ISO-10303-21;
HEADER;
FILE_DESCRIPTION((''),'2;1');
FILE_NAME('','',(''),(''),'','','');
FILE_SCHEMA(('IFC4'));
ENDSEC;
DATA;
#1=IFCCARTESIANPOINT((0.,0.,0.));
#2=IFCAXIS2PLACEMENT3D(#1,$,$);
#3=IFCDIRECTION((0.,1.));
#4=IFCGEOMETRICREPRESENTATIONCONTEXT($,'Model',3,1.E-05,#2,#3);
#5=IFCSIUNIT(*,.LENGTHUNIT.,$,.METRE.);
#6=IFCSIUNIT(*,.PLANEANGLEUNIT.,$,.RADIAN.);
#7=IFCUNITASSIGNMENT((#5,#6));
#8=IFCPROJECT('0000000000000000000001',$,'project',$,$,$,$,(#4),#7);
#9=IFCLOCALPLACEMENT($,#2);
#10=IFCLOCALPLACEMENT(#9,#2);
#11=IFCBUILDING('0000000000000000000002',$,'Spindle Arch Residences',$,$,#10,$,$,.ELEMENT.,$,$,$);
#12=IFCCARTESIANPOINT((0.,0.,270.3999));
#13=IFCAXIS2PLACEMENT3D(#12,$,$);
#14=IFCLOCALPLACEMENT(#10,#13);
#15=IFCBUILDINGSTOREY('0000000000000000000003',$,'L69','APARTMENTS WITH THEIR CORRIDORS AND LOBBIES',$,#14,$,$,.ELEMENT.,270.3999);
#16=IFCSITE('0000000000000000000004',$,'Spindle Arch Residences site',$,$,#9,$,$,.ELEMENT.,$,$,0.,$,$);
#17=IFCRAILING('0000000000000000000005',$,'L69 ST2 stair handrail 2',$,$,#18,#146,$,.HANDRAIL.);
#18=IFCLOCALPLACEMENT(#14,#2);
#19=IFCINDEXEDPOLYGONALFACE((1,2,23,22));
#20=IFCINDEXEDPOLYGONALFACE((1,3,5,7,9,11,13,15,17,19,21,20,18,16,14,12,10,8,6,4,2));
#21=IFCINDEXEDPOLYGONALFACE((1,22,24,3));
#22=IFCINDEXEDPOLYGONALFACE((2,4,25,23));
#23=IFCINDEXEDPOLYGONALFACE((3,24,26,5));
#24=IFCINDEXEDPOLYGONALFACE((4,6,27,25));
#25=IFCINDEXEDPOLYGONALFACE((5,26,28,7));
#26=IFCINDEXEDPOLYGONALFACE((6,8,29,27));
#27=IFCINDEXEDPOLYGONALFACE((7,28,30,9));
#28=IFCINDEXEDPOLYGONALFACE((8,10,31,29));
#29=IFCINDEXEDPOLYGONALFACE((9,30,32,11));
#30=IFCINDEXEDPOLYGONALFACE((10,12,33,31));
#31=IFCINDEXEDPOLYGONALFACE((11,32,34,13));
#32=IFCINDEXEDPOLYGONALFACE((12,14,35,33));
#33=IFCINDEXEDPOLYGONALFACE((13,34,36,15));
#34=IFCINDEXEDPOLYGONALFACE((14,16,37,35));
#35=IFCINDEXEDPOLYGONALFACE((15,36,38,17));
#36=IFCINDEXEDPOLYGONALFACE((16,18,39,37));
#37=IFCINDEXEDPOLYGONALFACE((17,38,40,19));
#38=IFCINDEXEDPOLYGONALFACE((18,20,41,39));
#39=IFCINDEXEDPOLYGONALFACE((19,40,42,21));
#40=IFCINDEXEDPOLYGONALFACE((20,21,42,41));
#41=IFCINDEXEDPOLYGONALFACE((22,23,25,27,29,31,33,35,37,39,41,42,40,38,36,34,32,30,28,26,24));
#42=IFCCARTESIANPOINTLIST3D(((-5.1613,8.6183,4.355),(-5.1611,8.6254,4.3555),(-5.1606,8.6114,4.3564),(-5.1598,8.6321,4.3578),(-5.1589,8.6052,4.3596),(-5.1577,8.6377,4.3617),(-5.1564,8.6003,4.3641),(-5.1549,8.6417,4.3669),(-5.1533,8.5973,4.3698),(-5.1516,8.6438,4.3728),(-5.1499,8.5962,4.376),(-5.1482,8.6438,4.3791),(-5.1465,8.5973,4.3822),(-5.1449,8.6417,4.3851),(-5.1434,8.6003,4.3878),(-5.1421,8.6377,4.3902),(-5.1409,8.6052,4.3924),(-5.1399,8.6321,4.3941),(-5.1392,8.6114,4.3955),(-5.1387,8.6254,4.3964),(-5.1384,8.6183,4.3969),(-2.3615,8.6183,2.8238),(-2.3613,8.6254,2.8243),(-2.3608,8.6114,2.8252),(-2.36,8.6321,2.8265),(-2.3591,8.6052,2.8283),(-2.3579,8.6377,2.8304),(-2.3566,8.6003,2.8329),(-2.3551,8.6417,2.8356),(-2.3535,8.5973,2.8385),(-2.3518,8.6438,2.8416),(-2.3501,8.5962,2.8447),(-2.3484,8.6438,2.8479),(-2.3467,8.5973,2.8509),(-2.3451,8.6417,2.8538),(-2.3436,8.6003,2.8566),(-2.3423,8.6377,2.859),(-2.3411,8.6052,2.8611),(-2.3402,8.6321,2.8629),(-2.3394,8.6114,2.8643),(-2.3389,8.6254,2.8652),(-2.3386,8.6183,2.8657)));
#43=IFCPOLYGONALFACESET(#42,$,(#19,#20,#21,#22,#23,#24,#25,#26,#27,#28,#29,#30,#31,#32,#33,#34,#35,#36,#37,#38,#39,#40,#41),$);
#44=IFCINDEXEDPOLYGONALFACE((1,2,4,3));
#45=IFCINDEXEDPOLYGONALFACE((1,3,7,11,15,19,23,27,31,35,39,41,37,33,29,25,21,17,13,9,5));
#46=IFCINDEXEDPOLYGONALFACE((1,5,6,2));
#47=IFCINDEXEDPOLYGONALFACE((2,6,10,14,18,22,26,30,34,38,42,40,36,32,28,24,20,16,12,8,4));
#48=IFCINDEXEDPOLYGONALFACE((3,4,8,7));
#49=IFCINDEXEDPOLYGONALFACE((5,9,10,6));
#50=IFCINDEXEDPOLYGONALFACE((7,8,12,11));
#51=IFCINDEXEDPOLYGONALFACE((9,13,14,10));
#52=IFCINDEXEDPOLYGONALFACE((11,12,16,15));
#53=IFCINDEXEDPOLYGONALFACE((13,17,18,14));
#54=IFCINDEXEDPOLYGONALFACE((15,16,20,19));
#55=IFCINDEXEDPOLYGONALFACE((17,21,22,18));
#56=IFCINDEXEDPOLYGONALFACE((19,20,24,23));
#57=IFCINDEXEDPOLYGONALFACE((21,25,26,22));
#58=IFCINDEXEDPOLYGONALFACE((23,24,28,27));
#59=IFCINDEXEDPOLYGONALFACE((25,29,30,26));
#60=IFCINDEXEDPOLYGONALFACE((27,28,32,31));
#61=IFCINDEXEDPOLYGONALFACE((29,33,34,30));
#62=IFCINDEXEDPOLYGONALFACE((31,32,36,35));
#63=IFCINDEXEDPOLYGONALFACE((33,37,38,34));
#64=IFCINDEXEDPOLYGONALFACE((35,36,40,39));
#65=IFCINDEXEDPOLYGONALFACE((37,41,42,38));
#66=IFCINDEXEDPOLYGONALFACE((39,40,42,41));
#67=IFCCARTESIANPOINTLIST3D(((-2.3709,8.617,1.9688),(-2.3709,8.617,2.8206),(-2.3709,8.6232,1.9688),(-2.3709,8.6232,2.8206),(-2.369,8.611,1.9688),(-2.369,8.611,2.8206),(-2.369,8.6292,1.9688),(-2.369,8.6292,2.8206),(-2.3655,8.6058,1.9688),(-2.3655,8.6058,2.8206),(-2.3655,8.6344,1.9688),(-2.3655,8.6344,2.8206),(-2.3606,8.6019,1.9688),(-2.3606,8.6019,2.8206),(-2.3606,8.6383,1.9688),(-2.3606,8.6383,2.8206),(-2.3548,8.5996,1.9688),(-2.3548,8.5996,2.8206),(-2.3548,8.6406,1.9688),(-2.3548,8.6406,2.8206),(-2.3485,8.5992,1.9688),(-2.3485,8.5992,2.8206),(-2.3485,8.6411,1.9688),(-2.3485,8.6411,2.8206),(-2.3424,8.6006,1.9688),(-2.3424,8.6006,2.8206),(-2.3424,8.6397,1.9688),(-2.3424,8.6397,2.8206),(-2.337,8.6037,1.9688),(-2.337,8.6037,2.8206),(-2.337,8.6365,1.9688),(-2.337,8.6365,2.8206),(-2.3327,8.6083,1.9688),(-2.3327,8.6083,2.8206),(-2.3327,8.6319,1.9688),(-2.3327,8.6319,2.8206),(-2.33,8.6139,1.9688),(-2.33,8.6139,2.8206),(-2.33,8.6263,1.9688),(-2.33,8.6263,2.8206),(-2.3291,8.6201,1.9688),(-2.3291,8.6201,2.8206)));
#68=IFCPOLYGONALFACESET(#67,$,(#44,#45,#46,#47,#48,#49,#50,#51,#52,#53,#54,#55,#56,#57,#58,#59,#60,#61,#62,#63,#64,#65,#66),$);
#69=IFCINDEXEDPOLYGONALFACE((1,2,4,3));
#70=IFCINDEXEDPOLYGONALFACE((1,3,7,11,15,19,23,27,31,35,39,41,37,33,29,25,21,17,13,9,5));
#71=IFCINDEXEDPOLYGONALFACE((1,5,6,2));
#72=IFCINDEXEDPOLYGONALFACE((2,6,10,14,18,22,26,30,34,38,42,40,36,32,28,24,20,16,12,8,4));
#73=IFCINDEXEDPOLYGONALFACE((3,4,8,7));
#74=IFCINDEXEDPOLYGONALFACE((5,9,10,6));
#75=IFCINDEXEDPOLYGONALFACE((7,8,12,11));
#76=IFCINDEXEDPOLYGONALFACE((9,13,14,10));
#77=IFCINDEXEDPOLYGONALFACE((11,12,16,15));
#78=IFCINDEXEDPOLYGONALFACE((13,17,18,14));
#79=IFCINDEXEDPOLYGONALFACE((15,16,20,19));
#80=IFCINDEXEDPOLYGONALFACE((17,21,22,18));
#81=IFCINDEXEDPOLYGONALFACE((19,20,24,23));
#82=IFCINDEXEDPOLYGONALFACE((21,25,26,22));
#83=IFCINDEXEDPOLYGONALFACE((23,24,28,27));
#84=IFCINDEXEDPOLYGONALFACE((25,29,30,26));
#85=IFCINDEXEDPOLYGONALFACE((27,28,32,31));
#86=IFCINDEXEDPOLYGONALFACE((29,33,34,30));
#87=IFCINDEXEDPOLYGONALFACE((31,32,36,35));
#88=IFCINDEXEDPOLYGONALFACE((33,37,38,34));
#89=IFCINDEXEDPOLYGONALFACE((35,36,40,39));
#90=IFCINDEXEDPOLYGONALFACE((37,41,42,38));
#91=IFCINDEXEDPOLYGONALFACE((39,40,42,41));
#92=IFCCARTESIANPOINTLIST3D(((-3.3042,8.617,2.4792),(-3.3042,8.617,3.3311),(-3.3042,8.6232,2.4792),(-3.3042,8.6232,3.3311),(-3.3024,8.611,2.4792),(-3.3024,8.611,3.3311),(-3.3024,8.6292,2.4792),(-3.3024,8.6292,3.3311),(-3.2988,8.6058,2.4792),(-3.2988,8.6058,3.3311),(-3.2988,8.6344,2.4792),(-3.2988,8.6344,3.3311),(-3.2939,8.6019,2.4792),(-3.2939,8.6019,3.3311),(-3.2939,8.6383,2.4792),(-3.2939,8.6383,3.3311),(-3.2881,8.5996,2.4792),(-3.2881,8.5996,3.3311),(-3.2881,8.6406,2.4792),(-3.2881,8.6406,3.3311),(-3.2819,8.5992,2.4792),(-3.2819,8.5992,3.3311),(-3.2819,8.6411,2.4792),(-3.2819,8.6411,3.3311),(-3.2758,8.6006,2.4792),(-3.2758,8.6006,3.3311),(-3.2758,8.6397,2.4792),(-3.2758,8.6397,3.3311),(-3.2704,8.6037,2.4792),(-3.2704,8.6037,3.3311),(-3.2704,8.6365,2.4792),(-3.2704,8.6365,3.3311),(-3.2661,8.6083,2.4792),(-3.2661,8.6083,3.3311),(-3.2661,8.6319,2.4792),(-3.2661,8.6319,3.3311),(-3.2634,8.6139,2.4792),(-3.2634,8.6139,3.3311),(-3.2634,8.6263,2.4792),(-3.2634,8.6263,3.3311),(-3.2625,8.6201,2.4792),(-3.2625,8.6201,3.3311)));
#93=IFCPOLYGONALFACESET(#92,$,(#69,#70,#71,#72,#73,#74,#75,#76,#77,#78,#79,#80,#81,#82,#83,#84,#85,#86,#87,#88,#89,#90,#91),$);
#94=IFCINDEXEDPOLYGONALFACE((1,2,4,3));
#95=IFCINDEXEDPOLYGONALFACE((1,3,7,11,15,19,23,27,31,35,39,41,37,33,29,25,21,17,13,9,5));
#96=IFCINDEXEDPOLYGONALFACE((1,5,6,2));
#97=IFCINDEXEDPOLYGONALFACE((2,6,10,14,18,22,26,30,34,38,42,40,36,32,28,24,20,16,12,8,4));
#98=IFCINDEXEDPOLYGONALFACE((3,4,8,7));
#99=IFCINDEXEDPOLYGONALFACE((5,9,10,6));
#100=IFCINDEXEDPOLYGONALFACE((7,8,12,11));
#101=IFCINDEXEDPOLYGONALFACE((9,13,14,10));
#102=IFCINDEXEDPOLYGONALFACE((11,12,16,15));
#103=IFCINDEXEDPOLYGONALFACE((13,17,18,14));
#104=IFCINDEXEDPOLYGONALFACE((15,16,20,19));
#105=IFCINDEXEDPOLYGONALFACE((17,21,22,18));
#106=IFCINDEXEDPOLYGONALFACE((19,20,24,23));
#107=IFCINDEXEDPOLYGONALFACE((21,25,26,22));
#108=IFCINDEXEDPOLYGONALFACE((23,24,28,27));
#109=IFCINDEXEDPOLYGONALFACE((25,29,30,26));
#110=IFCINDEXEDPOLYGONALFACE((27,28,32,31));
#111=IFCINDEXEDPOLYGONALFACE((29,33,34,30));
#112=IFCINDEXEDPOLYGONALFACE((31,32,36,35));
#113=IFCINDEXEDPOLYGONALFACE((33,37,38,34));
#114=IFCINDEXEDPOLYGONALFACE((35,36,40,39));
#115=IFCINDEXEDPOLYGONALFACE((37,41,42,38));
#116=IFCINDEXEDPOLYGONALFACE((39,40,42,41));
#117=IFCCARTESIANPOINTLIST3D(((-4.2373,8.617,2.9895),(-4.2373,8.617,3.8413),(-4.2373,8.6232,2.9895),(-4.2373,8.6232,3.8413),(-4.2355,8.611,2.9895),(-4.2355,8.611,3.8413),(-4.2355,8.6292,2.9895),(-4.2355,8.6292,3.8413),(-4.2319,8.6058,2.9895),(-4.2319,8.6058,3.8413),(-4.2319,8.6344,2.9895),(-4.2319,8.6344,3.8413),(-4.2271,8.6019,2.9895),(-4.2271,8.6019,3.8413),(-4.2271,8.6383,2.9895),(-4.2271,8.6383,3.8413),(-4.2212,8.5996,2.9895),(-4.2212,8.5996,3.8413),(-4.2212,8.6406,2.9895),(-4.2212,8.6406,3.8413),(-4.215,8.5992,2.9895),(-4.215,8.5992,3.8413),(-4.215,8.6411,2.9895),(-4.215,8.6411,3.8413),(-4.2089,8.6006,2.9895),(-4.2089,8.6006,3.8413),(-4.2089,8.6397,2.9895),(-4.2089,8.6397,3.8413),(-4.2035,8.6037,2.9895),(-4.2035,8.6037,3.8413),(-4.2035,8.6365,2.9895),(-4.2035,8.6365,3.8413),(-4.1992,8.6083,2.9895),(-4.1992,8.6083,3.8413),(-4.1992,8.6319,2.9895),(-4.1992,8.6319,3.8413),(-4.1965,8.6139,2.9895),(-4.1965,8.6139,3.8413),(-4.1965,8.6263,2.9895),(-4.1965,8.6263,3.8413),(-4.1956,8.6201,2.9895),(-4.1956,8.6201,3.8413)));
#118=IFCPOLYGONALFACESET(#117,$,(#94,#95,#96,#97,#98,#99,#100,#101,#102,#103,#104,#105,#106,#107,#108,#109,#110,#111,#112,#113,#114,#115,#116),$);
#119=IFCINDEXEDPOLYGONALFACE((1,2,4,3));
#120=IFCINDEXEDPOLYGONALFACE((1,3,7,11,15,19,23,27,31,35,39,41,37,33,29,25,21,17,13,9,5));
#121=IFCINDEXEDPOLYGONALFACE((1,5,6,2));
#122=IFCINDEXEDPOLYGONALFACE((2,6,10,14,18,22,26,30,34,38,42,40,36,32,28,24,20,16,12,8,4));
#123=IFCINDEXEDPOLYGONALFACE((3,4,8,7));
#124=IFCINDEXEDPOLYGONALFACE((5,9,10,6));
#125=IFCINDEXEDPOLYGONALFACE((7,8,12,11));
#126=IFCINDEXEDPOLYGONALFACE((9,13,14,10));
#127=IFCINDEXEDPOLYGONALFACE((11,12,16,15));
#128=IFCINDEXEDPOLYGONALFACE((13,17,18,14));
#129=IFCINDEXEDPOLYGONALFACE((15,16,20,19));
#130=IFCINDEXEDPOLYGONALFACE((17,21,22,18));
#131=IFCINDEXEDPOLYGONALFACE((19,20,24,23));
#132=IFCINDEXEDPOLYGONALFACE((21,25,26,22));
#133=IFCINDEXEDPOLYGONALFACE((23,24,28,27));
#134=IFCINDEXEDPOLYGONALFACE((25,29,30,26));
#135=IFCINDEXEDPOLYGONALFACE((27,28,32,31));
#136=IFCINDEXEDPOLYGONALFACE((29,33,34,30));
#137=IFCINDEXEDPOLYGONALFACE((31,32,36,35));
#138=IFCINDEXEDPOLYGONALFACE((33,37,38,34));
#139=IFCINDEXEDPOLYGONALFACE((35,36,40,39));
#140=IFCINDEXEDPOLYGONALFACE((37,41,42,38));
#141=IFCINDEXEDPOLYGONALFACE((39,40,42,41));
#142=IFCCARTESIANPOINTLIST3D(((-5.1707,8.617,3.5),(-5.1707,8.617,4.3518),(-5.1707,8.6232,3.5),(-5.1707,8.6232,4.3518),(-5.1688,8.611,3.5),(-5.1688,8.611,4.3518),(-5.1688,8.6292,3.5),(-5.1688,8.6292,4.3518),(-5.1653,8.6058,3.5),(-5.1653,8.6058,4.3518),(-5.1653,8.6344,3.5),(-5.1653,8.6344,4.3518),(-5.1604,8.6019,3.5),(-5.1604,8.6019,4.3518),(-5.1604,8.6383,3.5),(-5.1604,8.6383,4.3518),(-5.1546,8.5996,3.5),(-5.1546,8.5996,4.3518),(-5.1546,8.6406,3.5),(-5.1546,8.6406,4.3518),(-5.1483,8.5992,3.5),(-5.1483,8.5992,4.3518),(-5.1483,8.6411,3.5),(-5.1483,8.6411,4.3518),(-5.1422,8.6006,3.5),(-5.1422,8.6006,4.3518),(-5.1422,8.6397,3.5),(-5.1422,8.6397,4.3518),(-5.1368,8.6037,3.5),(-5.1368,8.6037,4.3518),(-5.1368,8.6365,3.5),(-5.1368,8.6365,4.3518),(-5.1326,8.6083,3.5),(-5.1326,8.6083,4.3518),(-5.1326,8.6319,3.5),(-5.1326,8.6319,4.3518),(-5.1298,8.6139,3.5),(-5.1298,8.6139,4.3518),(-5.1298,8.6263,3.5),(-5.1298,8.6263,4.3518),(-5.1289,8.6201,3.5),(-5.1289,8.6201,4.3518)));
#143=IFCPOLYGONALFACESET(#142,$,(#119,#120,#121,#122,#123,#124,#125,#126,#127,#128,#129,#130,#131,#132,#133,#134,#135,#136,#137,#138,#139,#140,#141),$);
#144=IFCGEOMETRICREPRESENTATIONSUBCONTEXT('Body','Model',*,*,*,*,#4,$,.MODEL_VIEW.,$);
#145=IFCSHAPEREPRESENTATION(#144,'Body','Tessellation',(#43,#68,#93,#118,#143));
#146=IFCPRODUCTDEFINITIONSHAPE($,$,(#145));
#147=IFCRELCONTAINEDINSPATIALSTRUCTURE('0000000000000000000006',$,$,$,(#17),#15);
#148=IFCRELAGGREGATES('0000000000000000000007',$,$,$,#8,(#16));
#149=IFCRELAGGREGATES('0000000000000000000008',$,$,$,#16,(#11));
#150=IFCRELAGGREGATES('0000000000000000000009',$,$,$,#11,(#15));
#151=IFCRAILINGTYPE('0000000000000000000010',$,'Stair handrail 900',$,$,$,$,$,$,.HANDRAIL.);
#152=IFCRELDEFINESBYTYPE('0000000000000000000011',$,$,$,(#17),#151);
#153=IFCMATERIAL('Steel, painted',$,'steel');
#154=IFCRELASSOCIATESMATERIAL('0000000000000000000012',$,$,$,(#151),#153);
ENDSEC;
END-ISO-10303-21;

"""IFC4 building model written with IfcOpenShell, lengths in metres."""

from ifc_helpers import new_model, si_unit, direction, frame, origin, origin_2d, place, context, subcontext, project, spatial, circle, extrude, material, type_object, element, save


model = new_model("IFC4")

# Units and contexts
model_context = context("Model", 3, precision=1e-05, world=origin(), true_north=direction((0.0, 1.0)))
body_context = subcontext(model_context, "Body", "Model", "MODEL_VIEW")
ifc_project = project(units=[si_unit("LENGTHUNIT", "METRE"), si_unit("PLANEANGLEUNIT", "RADIAN")], contexts=[model_context])

# Site, building, storey
site_placement = place(None, origin())
site = spatial("IfcSite", under=ifc_project, at=site_placement, Name="Spindle Arch Residences site", CompositionType="ELEMENT", RefElevation=0.0)
building_placement = place(site_placement, origin())
building = spatial("IfcBuilding", under=site, at=building_placement, Name="Spindle Arch Residences", CompositionType="ELEMENT")
storey_placement = place(building_placement, frame((0.0, 0.0, 270.3999)))
storey = spatial("IfcBuildingStorey", under=building, at=storey_placement, Name="L69", Description="APARTMENTS WITH THEIR CORRIDORS AND LOBBIES", CompositionType="ELEMENT", Elevation=270.3999)

# Railing
ifc_material_1 = material(Name="Steel, painted", Category="steel")
railing_type_1 = type_object("IfcRailingType", Name="Stair handrail 900", PredefinedType="HANDRAIL", material=ifc_material_1)
railing_1_placement = place(storey_placement, frame((-2.3501, 8.6201, 1.9688)))
element("IfcRailing", 1, at=railing_1_placement, inside=storey, type_object=railing_type_1, Name="L69 ST2 stair handrail 2", PredefinedType="HANDRAIL", context=body_context, shape_type="SweptSolid", body=[
    extrude(circle(Radius=0.0239, at=origin_2d()), frame((0.0, 0.0, 0.876), z_axis=(-0.877357, 0.0, 0.479838), x_axis=(0.0, -1.0, 0.0)), (0.0, 0.0, 1.0), 3.1912),
    extrude(circle(Radius=0.021, at=origin_2d()), origin(), (0.0, 0.0, 1.0), 0.8518),
    extrude(circle(Radius=0.021, at=origin_2d()), frame((-0.9333, 0.0, 0.5105)), (0.0, 0.0, 1.0), 0.8518),
    extrude(circle(Radius=0.021, at=origin_2d()), frame((-1.8665, 0.0, 1.0208)), (0.0, 0.0, 1.0), 0.8518),
    extrude(circle(Radius=0.021, at=origin_2d()), frame((-2.7998, 0.0, 1.5312)), (0.0, 0.0, 1.0), 0.8518),
])

save(model, "model.ifc")
